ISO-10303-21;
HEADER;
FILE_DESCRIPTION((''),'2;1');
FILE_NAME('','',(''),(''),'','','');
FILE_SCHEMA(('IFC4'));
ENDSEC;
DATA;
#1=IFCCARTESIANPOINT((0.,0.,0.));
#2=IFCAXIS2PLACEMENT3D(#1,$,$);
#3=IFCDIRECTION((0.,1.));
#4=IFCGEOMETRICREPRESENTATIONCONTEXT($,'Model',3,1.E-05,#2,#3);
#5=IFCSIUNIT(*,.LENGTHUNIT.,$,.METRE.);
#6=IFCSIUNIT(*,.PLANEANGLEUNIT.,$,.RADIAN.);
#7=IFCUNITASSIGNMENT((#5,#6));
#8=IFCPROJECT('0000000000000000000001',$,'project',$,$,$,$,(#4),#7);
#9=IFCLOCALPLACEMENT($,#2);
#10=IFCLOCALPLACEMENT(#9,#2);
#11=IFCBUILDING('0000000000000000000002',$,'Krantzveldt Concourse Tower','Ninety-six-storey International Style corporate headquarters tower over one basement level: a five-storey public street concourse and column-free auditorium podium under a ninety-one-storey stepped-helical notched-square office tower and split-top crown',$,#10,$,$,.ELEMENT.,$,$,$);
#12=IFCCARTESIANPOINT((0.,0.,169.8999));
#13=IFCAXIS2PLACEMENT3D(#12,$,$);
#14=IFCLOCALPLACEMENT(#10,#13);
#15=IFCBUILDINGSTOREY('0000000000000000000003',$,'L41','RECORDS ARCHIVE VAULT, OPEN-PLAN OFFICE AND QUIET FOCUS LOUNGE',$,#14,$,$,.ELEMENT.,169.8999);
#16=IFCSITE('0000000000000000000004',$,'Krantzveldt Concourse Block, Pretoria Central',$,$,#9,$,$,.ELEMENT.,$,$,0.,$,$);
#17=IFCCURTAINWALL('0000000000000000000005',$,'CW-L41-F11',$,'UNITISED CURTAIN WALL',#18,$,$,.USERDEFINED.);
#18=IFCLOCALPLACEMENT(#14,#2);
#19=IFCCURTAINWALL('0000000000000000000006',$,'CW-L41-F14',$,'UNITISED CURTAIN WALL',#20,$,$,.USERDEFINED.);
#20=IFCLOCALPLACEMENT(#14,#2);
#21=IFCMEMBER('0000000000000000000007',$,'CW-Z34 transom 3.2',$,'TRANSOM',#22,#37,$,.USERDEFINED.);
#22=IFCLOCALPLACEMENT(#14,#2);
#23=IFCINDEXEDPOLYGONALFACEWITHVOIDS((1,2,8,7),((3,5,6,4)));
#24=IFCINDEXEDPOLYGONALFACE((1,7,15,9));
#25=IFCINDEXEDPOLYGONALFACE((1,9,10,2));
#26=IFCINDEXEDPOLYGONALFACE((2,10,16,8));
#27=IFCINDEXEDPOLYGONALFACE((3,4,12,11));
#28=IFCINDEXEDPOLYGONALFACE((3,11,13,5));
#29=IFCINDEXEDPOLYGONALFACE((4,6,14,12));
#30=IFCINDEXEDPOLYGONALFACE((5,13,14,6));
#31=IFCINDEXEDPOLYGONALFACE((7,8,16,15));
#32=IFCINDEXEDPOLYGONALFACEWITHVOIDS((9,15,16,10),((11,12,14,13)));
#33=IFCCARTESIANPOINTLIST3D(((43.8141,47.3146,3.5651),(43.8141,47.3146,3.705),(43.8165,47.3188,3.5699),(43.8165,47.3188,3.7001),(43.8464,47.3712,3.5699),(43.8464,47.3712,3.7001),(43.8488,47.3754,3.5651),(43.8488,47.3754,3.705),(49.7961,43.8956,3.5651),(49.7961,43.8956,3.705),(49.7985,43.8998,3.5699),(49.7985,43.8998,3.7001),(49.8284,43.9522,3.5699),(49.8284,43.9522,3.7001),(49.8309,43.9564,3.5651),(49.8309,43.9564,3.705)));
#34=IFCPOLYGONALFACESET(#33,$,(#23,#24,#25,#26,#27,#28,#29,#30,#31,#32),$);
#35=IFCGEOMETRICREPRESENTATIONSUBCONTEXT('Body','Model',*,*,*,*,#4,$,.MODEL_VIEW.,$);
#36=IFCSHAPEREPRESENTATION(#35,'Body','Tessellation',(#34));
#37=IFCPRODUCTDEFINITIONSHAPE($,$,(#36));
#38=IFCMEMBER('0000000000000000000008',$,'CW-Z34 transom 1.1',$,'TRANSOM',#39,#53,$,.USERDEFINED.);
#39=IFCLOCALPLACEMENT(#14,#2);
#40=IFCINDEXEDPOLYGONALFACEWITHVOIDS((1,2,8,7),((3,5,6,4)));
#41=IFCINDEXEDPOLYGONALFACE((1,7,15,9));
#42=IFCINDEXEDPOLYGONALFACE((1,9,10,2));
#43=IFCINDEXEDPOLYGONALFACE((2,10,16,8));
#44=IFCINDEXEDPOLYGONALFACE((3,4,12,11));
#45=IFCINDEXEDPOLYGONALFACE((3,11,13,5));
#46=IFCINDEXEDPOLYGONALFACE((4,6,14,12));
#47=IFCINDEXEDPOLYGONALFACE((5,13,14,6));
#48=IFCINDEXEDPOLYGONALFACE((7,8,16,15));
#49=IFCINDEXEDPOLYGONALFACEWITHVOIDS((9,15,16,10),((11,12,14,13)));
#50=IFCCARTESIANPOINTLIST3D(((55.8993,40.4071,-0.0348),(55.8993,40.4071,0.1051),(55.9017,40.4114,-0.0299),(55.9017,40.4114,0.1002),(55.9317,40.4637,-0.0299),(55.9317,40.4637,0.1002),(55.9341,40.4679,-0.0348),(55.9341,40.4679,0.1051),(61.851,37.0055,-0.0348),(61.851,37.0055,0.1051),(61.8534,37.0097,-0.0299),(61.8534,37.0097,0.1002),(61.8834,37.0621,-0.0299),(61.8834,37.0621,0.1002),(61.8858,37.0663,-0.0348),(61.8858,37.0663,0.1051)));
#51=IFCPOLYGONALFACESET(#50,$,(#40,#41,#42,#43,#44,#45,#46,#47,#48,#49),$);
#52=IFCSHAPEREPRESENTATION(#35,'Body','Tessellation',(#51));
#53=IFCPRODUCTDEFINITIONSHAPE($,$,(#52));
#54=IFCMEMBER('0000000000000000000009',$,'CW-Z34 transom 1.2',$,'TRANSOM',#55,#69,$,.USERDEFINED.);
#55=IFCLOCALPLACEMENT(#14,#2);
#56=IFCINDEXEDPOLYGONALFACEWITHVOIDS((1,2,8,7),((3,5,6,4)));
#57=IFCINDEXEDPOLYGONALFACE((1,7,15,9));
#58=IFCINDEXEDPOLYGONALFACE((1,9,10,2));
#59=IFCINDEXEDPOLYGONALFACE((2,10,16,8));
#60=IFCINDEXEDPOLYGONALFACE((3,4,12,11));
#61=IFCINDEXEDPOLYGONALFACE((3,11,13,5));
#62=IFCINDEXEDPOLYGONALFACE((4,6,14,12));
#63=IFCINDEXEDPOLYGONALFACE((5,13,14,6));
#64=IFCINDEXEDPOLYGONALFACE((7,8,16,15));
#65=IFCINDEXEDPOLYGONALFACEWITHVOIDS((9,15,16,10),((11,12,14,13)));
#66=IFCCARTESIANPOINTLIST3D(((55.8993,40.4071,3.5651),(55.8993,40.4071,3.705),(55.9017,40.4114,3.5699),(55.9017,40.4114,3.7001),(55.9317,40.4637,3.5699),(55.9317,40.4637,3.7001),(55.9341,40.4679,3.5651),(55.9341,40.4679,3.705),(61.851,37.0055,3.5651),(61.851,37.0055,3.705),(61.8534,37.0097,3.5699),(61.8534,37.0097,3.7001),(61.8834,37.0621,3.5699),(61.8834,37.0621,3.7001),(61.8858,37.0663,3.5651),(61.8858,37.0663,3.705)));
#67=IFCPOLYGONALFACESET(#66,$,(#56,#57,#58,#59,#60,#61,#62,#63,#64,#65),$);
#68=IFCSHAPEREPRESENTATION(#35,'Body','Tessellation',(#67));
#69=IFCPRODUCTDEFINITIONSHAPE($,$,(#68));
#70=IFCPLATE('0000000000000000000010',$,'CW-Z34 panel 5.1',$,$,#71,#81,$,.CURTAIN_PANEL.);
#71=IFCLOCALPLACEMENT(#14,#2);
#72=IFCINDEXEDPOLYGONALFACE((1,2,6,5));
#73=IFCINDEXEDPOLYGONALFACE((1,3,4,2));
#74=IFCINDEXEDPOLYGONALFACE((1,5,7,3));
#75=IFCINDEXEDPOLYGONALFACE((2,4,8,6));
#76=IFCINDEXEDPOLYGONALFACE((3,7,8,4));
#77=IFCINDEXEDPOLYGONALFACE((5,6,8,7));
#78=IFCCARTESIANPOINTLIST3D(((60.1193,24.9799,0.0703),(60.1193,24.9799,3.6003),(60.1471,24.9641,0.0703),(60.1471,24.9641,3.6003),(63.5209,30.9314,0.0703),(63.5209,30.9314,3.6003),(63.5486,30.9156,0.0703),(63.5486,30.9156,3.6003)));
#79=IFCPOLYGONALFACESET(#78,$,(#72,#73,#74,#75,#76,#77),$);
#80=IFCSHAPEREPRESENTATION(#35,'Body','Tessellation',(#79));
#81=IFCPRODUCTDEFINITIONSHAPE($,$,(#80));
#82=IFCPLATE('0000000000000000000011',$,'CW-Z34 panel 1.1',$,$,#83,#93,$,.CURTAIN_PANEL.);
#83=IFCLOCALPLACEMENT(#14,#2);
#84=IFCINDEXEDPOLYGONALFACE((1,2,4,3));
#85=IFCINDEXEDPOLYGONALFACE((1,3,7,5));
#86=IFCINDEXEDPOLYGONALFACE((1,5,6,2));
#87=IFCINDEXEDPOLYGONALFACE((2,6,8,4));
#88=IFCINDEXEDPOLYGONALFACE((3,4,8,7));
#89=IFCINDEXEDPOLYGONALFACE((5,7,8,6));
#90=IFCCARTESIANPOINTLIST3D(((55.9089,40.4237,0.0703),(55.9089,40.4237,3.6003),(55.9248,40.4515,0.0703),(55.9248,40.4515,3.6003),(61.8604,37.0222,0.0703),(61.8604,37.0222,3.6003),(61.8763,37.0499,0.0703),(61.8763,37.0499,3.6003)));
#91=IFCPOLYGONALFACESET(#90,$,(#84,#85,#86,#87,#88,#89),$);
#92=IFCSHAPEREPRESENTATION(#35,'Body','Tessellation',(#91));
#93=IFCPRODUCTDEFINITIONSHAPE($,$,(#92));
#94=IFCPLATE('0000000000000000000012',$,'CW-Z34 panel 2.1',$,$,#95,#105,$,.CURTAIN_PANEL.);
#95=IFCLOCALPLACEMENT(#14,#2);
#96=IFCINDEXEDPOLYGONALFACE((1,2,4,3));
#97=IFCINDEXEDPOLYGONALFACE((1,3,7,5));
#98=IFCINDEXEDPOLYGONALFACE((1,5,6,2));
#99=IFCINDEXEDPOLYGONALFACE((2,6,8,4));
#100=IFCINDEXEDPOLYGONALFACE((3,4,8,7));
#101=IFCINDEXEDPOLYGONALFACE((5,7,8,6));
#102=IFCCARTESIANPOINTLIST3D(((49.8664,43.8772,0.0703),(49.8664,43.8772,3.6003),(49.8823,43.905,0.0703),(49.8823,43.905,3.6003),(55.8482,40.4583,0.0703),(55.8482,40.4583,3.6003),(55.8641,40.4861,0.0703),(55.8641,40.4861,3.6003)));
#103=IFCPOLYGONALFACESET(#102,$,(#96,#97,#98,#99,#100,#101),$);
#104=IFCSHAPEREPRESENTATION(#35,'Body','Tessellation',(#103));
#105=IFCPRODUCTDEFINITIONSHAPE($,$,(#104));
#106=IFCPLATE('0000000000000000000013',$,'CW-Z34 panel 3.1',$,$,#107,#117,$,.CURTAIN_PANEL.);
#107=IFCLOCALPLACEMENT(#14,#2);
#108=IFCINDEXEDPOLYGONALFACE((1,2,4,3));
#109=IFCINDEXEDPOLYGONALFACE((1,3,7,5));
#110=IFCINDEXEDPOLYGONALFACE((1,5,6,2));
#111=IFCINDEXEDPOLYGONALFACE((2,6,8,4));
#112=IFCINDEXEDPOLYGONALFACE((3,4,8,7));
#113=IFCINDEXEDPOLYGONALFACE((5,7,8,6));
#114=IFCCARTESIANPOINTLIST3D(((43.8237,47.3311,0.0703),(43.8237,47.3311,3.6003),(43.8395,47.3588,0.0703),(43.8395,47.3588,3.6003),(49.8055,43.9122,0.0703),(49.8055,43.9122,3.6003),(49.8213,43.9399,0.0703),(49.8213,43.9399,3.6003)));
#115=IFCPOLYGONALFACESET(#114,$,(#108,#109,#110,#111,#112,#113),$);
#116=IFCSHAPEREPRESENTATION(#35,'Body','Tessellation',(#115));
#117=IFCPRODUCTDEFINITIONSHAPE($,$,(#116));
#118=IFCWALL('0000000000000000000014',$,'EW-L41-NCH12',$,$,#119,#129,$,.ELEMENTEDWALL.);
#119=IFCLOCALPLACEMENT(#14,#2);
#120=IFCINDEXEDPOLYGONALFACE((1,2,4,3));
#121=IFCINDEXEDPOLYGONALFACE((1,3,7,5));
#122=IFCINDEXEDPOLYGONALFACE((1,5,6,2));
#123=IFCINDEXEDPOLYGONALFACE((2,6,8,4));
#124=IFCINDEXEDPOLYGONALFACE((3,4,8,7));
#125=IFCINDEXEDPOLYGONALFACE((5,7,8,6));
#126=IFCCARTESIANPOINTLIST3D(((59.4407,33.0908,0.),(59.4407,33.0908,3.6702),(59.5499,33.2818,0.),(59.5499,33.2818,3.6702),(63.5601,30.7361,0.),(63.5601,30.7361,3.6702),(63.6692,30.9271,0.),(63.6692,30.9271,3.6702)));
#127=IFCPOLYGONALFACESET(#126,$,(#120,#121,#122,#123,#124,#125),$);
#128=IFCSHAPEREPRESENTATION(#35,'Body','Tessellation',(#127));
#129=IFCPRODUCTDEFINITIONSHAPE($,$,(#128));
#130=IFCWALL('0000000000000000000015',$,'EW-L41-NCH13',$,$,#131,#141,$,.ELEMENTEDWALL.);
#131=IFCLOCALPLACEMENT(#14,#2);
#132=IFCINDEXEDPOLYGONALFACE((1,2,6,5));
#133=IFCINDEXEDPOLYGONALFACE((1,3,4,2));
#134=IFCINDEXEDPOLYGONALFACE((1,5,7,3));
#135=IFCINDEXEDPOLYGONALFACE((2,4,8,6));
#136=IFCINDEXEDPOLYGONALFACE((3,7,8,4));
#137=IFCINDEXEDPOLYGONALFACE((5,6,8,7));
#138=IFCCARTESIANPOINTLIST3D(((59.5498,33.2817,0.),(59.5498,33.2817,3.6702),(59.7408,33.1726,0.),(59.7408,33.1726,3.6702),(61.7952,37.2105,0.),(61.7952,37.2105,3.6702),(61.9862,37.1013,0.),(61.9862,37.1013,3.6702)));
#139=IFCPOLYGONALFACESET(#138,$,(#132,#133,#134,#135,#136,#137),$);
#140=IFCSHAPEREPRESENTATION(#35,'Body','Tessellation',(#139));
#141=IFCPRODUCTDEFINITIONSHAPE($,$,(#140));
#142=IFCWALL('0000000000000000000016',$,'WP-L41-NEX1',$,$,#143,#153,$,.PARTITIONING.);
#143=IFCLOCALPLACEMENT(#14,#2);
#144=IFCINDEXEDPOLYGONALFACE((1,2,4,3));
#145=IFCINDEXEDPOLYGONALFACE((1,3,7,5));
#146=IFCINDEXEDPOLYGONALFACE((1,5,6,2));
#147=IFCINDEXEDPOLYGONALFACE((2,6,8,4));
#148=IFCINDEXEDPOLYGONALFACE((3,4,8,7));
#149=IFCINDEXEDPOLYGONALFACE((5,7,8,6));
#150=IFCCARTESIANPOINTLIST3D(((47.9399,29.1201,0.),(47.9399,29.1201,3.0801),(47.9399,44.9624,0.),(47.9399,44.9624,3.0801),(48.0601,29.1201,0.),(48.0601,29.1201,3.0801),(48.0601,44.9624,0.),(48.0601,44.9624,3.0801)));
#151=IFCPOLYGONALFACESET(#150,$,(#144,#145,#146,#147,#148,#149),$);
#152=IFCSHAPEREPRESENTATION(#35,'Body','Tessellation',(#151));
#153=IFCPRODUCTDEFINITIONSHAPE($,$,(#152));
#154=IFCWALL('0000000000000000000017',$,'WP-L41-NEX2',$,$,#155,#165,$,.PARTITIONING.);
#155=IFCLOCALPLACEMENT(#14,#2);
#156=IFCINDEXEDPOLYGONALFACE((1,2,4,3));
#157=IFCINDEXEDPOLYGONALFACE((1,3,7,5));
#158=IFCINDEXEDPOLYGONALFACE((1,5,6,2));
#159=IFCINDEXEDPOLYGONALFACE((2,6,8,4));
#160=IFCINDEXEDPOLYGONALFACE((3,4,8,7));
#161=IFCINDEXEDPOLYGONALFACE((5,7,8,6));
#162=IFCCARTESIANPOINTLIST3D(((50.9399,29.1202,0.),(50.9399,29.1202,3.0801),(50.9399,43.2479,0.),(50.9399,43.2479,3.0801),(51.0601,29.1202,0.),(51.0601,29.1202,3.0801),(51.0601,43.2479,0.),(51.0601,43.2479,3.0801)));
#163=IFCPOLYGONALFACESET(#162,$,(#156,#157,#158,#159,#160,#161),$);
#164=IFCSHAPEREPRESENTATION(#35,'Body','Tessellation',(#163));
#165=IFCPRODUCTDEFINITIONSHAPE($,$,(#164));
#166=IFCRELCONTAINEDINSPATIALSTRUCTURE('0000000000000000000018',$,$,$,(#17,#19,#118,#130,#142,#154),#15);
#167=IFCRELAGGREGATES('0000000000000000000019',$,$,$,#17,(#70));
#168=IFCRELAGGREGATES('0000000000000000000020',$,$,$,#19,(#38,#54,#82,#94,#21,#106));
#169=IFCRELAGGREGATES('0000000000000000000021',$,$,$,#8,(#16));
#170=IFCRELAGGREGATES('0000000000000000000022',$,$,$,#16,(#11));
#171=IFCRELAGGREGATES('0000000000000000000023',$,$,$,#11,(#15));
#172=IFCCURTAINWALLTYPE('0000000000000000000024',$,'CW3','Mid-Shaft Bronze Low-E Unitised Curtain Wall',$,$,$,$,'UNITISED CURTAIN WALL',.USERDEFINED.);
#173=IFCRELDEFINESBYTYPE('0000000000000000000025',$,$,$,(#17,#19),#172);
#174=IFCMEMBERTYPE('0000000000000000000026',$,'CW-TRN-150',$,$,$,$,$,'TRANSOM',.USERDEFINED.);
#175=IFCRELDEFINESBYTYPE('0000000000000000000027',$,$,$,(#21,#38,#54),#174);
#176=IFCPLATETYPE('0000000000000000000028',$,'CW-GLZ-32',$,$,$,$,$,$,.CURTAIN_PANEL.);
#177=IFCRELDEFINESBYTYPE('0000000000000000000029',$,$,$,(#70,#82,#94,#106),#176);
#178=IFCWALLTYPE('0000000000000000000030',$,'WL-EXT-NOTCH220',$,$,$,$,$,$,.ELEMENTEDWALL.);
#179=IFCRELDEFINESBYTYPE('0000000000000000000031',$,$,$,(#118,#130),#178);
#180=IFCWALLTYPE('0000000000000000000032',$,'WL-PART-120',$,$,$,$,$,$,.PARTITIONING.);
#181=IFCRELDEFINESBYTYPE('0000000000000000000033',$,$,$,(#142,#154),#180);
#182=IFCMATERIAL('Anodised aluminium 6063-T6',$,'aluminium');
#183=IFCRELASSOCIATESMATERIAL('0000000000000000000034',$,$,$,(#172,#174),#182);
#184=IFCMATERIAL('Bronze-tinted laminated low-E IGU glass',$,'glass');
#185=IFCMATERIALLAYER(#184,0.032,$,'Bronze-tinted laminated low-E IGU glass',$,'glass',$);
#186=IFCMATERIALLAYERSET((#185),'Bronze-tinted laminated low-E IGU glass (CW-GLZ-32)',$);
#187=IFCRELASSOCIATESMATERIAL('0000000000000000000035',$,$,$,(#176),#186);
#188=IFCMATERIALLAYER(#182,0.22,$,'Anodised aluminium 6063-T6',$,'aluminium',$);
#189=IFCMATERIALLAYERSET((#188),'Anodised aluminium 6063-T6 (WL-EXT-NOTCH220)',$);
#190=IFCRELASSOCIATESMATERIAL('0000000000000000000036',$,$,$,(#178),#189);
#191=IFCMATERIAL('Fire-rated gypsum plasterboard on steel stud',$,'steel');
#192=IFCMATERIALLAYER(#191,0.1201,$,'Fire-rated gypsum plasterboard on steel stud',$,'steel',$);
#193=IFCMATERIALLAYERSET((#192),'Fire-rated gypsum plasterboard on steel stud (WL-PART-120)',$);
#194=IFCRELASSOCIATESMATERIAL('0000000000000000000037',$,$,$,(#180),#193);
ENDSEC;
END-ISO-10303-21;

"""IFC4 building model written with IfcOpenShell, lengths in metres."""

from ifc_helpers import new_model, si_unit, direction, frame, frame_2d, origin, origin_2d, place, context, subcontext, project, spatial, rectangle, hollow_rectangle, extrude, source, transform, mapped, material, layer, layer_set, material_profile, profile_set, type_object, type_shapes, element, aggregate, save


model = new_model("IFC4")

# Units and contexts
model_context = context("Model", 3, precision=1e-05, world=origin(), true_north=direction((0.0, 1.0)))
body_context = subcontext(model_context, "Body", "Model", "MODEL_VIEW")
ifc_project = project(units=[si_unit("LENGTHUNIT", "METRE"), si_unit("PLANEANGLEUNIT", "RADIAN")], contexts=[model_context])

# Site, building, storey
site_placement = place(None, origin())
site = spatial("IfcSite", under=ifc_project, at=site_placement, Name="Krantzveldt Concourse Block, Pretoria Central", CompositionType="ELEMENT", RefElevation=0.0)
building_placement = place(site_placement, origin())
building = spatial("IfcBuilding", under=site, at=building_placement, Name="Krantzveldt Concourse Tower", Description="Ninety-six-storey International Style corporate headquarters tower over one basement level: a five-storey public street concourse and column-free auditorium podium under a ninety-one-storey stepped-helical notched-square office tower and split-top crown", CompositionType="ELEMENT")
storey_placement = place(building_placement, frame((0.0, 0.0, 169.8999)))
storey = spatial("IfcBuildingStorey", under=building, at=storey_placement, Name="L41", Description="RECORDS ARCHIVE VAULT, OPEN-PLAN OFFICE AND QUIET FOCUS LOUNGE", CompositionType="ELEMENT", Elevation=169.8999)

# Curtain walls
ifc_material_1 = material(Name="Anodised aluminium 6063-T6", Category="aluminium")
curtain_wall_type = type_object("IfcCurtainWallType", Name="CW3", Description="Mid-Shaft Bronze Low-E Unitised Curtain Wall", ElementType="UNITISED CURTAIN WALL", PredefinedType="USERDEFINED", material=ifc_material_1)
curtain_wall_1_placement = place(storey_placement, origin())
curtain_wall_1 = element("IfcCurtainWall", 1, at=curtain_wall_1_placement, inside=storey, type_object=curtain_wall_type, Name="CW-L41-F11", ObjectType="UNITISED CURTAIN WALL", PredefinedType="USERDEFINED")
curtain_wall_2_placement = place(storey_placement, origin())
curtain_wall_2 = element("IfcCurtainWall", 2, at=curtain_wall_2_placement, inside=storey, type_object=curtain_wall_type, Name="CW-L41-F14", ObjectType="UNITISED CURTAIN WALL", PredefinedType="USERDEFINED")

# Members
ifc_material_profile_1 = material_profile(ifc_material_1, hollow_rectangle(XDim=0.0701, YDim=0.1399, WallThickness=0.0049, at=origin_2d()), Name="Anodised aluminium 6063-T6", Category="aluminium")
ifc_profile_set_1 = profile_set([ifc_material_profile_1], Name="Anodised aluminium 6063-T6 - ALU-TRAN 140x70x5")
member_type_1 = type_object("IfcMemberType", Name="CW-TRN-150", ElementType="TRANSOM", PredefinedType="USERDEFINED", material=ifc_profile_set_1)
shared_shape_1 = source(origin(), body_context, "Body", "SweptSolid", [
    extrude(hollow_rectangle(XDim=0.0701, YDim=0.1399, WallThickness=0.0049, at=origin_2d()), origin(), (0.0, 0.0, 1.0), 6.8901),
])
member_1_placement = place(storey_placement, frame((49.8135, 43.926, 3.635), z_axis=(-0.8682, 0.496215, 0.0), x_axis=(-0.496215, -0.8682, 0.0)))
member_1 = element("IfcMember", 3, at=member_1_placement, type_object=member_type_1, Name="CW-Z34 transom 3.2", ObjectType="TRANSOM", PredefinedType="USERDEFINED", context=body_context, shape_type="MappedRepresentation", body=[
    mapped(shared_shape_1, transform((0.0, 0.0, 0.0), x_axis=(1.0, 0.0, 0.0), y_axis=(0.0, 1.0, 0.0), z_axis=(0.0, 0.0, 1.0), scale=1.0)),
])
shared_shape_2 = source(origin(), body_context, "Body", "SweptSolid", [
    extrude(hollow_rectangle(XDim=0.0701, YDim=0.1399, WallThickness=0.0049, at=origin_2d()), origin(), (0.0, 0.0, 1.0), 6.8552),
])
member_2_placement = place(storey_placement, frame((61.8684, 37.0359, 0.0352), z_axis=(-0.868201, 0.496212, 0.0), x_axis=(-0.496212, -0.868201, 0.0)))
member_2 = element("IfcMember", 4, at=member_2_placement, type_object=member_type_1, Name="CW-Z34 transom 1.1", ObjectType="TRANSOM", PredefinedType="USERDEFINED", context=body_context, shape_type="MappedRepresentation", body=[
    mapped(shared_shape_2, transform((0.0, 0.0, 0.0), x_axis=(1.0, 0.0, 0.0), y_axis=(0.0, 1.0, 0.0), z_axis=(0.0, 0.0, 1.0), scale=1.0)),
])
member_3_placement = place(storey_placement, frame((61.8684, 37.0359, 3.635), z_axis=(-0.868201, 0.496212, 0.0), x_axis=(-0.496212, -0.868201, 0.0)))
member_3 = element("IfcMember", 5, at=member_3_placement, type_object=member_type_1, Name="CW-Z34 transom 1.2", ObjectType="TRANSOM", PredefinedType="USERDEFINED", context=body_context, shape_type="MappedRepresentation", body=[
    mapped(shared_shape_2, transform((0.0, 0.0, 0.0), x_axis=(1.0, 0.0, 0.0), y_axis=(0.0, 1.0, 0.0), z_axis=(0.0, 0.0, 1.0), scale=1.0)),
])

# Plates
ifc_material_2 = material(Name="Bronze-tinted laminated low-E IGU glass", Category="glass")
ifc_layer_1 = layer(ifc_material_2, 0.032, Name="Bronze-tinted laminated low-E IGU glass", Category="glass")
ifc_layer_set_1 = layer_set([ifc_layer_1], Name="Bronze-tinted laminated low-E IGU glass (CW-GLZ-32)")
plate_type = type_object("IfcPlateType", Name="CW-GLZ-32", PredefinedType="CURTAIN_PANEL", material=ifc_layer_set_1)
shared_shape_3 = source(origin(), body_context, "Body", "SweptSolid", [
    extrude(rectangle(XDim=6.855, YDim=0.032, at=origin_2d()), origin(), (0.0, 0.0, 1.0), 3.53),
])
plate_1_placement = place(storey_placement, frame((61.834, 27.9478, 0.0703), z_axis=(0.0, 0.0, 1.0), x_axis=(0.496216, 0.868199, 0.0)))
plate_1 = element("IfcPlate", 6, at=plate_1_placement, type_object=plate_type, Name="CW-Z34 panel 5.1", PredefinedType="CURTAIN_PANEL", context=body_context, shape_type="MappedRepresentation", body=[
    mapped(shared_shape_3, transform((0.0, 0.0, 0.0), x_axis=(1.0, 0.0, 0.0), y_axis=(0.0, 1.0, 0.0), z_axis=(0.0, 0.0, 1.0), scale=1.0)),
])
aggregate(curtain_wall_1, [plate_1])
plate_2_placement = place(storey_placement, frame((58.8926, 38.7368, 0.0703), z_axis=(0.0, 0.0, 1.0), x_axis=(-0.868199, 0.496216, 0.0)))
plate_2 = element("IfcPlate", 7, at=plate_2_placement, type_object=plate_type, Name="CW-Z34 panel 1.1", PredefinedType="CURTAIN_PANEL", context=body_context, shape_type="MappedRepresentation", body=[
    mapped(shared_shape_3, transform((0.0, 0.0, 0.0), x_axis=(1.0, 0.0, 0.0), y_axis=(0.0, 1.0, 0.0), z_axis=(0.0, 0.0, 1.0), scale=1.0)),
])
shared_shape_4 = source(origin(), body_context, "Body", "SweptSolid", [
    extrude(rectangle(XDim=6.8899, YDim=0.032, at=origin_2d()), origin(), (0.0, 0.0, 1.0), 3.53),
])
type_shapes(plate_type, [shared_shape_3, shared_shape_4])
plate_3_placement = place(storey_placement, frame((52.8652, 42.1816, 0.0703), z_axis=(0.0, 0.0, 1.0), x_axis=(-0.868199, 0.496216, 0.0)))
plate_3 = element("IfcPlate", 8, at=plate_3_placement, type_object=plate_type, Name="CW-Z34 panel 2.1", PredefinedType="CURTAIN_PANEL", context=body_context, shape_type="MappedRepresentation", body=[
    mapped(shared_shape_4, transform((0.0, 0.0, 0.0), x_axis=(1.0, 0.0, 0.0), y_axis=(0.0, 1.0, 0.0), z_axis=(0.0, 0.0, 1.0), scale=1.0)),
])
plate_4_placement = place(storey_placement, frame((46.8225, 45.6355, 0.0703), z_axis=(0.0, 0.0, 1.0), x_axis=(-0.868199, 0.496216, 0.0)))
plate_4 = element("IfcPlate", 9, at=plate_4_placement, type_object=plate_type, Name="CW-Z34 panel 3.1", PredefinedType="CURTAIN_PANEL", context=body_context, shape_type="MappedRepresentation", body=[
    mapped(shared_shape_4, transform((0.0, 0.0, 0.0), x_axis=(1.0, 0.0, 0.0), y_axis=(0.0, 1.0, 0.0), z_axis=(0.0, 0.0, 1.0), scale=1.0)),
])
aggregate(curtain_wall_2, [member_2, member_3, plate_2, plate_3, member_1, plate_4])

# Walls
ifc_layer_2 = layer(ifc_material_1, 0.22, Name="Anodised aluminium 6063-T6", Category="aluminium")
ifc_layer_set_2 = layer_set([ifc_layer_2], Name="Anodised aluminium 6063-T6 (WL-EXT-NOTCH220)")
wall_type_1 = type_object("IfcWallType", Name="WL-EXT-NOTCH220", PredefinedType="ELEMENTEDWALL", material=ifc_layer_set_2)
wall_1_placement = place(storey_placement, frame((63.6147, 30.8315, 0.0), z_axis=(0.0, 0.0, 1.0), x_axis=(-0.86817, 0.496266, 0.0)))
element("IfcWall", 10, at=wall_1_placement, inside=storey, type_object=wall_type_1, Name="EW-L41-NCH12", PredefinedType="ELEMENTEDWALL", context=body_context, shape_type="SweptSolid", body=[
    extrude(rectangle(XDim=4.7449, YDim=0.22, at=frame_2d((2.3726, 0.0))), origin(), (0.0, 0.0, 1.0), 3.6702),
])
wall_2_placement = place(storey_placement, frame((59.6453, 33.2271, 0.0), z_axis=(0.0, 0.0, 1.0), x_axis=(0.496203, 0.868207, 0.0)))
element("IfcWall", 11, at=wall_2_placement, inside=storey, type_object=wall_type_1, Name="EW-L41-NCH13", PredefinedType="ELEMENTEDWALL", context=body_context, shape_type="SweptSolid", body=[
    extrude(rectangle(XDim=4.5251, YDim=0.22, at=frame_2d((2.2627, 0.0))), origin(), (0.0, 0.0, 1.0), 3.6702),
])
ifc_material_3 = material(Name="Fire-rated gypsum plasterboard on steel stud", Category="steel")
ifc_layer_3 = layer(ifc_material_3, 0.1201, Name="Fire-rated gypsum plasterboard on steel stud", Category="steel")
ifc_layer_set_3 = layer_set([ifc_layer_3], Name="Fire-rated gypsum plasterboard on steel stud (WL-PART-120)")
wall_type_2 = type_object("IfcWallType", Name="WL-PART-120", PredefinedType="PARTITIONING", material=ifc_layer_set_3)
wall_3_placement = place(storey_placement, frame((48.0, 29.1201, 0.0), z_axis=(0.0, 0.0, 1.0), x_axis=(0.0, 1.0, 0.0)))
element("IfcWall", 12, at=wall_3_placement, inside=storey, type_object=wall_type_2, Name="WP-L41-NEX1", PredefinedType="PARTITIONING", context=body_context, shape_type="SweptSolid", body=[
    extrude(rectangle(XDim=15.8423, YDim=0.1201, at=frame_2d((7.9211, 0.0))), origin(), (0.0, 0.0, 1.0), 3.0801),
])
wall_4_placement = place(storey_placement, frame((51.0, 29.1201, 0.0), z_axis=(0.0, 0.0, 1.0), x_axis=(0.0, 1.0, 0.0)))
element("IfcWall", 13, at=wall_4_placement, inside=storey, type_object=wall_type_2, Name="WP-L41-NEX2", PredefinedType="PARTITIONING", context=body_context, shape_type="SweptSolid", body=[
    extrude(rectangle(XDim=14.1277, YDim=0.1201, at=frame_2d((7.064, 0.0))), origin(), (0.0, 0.0, 1.0), 3.0801),
])

save(model, "model.ifc")
